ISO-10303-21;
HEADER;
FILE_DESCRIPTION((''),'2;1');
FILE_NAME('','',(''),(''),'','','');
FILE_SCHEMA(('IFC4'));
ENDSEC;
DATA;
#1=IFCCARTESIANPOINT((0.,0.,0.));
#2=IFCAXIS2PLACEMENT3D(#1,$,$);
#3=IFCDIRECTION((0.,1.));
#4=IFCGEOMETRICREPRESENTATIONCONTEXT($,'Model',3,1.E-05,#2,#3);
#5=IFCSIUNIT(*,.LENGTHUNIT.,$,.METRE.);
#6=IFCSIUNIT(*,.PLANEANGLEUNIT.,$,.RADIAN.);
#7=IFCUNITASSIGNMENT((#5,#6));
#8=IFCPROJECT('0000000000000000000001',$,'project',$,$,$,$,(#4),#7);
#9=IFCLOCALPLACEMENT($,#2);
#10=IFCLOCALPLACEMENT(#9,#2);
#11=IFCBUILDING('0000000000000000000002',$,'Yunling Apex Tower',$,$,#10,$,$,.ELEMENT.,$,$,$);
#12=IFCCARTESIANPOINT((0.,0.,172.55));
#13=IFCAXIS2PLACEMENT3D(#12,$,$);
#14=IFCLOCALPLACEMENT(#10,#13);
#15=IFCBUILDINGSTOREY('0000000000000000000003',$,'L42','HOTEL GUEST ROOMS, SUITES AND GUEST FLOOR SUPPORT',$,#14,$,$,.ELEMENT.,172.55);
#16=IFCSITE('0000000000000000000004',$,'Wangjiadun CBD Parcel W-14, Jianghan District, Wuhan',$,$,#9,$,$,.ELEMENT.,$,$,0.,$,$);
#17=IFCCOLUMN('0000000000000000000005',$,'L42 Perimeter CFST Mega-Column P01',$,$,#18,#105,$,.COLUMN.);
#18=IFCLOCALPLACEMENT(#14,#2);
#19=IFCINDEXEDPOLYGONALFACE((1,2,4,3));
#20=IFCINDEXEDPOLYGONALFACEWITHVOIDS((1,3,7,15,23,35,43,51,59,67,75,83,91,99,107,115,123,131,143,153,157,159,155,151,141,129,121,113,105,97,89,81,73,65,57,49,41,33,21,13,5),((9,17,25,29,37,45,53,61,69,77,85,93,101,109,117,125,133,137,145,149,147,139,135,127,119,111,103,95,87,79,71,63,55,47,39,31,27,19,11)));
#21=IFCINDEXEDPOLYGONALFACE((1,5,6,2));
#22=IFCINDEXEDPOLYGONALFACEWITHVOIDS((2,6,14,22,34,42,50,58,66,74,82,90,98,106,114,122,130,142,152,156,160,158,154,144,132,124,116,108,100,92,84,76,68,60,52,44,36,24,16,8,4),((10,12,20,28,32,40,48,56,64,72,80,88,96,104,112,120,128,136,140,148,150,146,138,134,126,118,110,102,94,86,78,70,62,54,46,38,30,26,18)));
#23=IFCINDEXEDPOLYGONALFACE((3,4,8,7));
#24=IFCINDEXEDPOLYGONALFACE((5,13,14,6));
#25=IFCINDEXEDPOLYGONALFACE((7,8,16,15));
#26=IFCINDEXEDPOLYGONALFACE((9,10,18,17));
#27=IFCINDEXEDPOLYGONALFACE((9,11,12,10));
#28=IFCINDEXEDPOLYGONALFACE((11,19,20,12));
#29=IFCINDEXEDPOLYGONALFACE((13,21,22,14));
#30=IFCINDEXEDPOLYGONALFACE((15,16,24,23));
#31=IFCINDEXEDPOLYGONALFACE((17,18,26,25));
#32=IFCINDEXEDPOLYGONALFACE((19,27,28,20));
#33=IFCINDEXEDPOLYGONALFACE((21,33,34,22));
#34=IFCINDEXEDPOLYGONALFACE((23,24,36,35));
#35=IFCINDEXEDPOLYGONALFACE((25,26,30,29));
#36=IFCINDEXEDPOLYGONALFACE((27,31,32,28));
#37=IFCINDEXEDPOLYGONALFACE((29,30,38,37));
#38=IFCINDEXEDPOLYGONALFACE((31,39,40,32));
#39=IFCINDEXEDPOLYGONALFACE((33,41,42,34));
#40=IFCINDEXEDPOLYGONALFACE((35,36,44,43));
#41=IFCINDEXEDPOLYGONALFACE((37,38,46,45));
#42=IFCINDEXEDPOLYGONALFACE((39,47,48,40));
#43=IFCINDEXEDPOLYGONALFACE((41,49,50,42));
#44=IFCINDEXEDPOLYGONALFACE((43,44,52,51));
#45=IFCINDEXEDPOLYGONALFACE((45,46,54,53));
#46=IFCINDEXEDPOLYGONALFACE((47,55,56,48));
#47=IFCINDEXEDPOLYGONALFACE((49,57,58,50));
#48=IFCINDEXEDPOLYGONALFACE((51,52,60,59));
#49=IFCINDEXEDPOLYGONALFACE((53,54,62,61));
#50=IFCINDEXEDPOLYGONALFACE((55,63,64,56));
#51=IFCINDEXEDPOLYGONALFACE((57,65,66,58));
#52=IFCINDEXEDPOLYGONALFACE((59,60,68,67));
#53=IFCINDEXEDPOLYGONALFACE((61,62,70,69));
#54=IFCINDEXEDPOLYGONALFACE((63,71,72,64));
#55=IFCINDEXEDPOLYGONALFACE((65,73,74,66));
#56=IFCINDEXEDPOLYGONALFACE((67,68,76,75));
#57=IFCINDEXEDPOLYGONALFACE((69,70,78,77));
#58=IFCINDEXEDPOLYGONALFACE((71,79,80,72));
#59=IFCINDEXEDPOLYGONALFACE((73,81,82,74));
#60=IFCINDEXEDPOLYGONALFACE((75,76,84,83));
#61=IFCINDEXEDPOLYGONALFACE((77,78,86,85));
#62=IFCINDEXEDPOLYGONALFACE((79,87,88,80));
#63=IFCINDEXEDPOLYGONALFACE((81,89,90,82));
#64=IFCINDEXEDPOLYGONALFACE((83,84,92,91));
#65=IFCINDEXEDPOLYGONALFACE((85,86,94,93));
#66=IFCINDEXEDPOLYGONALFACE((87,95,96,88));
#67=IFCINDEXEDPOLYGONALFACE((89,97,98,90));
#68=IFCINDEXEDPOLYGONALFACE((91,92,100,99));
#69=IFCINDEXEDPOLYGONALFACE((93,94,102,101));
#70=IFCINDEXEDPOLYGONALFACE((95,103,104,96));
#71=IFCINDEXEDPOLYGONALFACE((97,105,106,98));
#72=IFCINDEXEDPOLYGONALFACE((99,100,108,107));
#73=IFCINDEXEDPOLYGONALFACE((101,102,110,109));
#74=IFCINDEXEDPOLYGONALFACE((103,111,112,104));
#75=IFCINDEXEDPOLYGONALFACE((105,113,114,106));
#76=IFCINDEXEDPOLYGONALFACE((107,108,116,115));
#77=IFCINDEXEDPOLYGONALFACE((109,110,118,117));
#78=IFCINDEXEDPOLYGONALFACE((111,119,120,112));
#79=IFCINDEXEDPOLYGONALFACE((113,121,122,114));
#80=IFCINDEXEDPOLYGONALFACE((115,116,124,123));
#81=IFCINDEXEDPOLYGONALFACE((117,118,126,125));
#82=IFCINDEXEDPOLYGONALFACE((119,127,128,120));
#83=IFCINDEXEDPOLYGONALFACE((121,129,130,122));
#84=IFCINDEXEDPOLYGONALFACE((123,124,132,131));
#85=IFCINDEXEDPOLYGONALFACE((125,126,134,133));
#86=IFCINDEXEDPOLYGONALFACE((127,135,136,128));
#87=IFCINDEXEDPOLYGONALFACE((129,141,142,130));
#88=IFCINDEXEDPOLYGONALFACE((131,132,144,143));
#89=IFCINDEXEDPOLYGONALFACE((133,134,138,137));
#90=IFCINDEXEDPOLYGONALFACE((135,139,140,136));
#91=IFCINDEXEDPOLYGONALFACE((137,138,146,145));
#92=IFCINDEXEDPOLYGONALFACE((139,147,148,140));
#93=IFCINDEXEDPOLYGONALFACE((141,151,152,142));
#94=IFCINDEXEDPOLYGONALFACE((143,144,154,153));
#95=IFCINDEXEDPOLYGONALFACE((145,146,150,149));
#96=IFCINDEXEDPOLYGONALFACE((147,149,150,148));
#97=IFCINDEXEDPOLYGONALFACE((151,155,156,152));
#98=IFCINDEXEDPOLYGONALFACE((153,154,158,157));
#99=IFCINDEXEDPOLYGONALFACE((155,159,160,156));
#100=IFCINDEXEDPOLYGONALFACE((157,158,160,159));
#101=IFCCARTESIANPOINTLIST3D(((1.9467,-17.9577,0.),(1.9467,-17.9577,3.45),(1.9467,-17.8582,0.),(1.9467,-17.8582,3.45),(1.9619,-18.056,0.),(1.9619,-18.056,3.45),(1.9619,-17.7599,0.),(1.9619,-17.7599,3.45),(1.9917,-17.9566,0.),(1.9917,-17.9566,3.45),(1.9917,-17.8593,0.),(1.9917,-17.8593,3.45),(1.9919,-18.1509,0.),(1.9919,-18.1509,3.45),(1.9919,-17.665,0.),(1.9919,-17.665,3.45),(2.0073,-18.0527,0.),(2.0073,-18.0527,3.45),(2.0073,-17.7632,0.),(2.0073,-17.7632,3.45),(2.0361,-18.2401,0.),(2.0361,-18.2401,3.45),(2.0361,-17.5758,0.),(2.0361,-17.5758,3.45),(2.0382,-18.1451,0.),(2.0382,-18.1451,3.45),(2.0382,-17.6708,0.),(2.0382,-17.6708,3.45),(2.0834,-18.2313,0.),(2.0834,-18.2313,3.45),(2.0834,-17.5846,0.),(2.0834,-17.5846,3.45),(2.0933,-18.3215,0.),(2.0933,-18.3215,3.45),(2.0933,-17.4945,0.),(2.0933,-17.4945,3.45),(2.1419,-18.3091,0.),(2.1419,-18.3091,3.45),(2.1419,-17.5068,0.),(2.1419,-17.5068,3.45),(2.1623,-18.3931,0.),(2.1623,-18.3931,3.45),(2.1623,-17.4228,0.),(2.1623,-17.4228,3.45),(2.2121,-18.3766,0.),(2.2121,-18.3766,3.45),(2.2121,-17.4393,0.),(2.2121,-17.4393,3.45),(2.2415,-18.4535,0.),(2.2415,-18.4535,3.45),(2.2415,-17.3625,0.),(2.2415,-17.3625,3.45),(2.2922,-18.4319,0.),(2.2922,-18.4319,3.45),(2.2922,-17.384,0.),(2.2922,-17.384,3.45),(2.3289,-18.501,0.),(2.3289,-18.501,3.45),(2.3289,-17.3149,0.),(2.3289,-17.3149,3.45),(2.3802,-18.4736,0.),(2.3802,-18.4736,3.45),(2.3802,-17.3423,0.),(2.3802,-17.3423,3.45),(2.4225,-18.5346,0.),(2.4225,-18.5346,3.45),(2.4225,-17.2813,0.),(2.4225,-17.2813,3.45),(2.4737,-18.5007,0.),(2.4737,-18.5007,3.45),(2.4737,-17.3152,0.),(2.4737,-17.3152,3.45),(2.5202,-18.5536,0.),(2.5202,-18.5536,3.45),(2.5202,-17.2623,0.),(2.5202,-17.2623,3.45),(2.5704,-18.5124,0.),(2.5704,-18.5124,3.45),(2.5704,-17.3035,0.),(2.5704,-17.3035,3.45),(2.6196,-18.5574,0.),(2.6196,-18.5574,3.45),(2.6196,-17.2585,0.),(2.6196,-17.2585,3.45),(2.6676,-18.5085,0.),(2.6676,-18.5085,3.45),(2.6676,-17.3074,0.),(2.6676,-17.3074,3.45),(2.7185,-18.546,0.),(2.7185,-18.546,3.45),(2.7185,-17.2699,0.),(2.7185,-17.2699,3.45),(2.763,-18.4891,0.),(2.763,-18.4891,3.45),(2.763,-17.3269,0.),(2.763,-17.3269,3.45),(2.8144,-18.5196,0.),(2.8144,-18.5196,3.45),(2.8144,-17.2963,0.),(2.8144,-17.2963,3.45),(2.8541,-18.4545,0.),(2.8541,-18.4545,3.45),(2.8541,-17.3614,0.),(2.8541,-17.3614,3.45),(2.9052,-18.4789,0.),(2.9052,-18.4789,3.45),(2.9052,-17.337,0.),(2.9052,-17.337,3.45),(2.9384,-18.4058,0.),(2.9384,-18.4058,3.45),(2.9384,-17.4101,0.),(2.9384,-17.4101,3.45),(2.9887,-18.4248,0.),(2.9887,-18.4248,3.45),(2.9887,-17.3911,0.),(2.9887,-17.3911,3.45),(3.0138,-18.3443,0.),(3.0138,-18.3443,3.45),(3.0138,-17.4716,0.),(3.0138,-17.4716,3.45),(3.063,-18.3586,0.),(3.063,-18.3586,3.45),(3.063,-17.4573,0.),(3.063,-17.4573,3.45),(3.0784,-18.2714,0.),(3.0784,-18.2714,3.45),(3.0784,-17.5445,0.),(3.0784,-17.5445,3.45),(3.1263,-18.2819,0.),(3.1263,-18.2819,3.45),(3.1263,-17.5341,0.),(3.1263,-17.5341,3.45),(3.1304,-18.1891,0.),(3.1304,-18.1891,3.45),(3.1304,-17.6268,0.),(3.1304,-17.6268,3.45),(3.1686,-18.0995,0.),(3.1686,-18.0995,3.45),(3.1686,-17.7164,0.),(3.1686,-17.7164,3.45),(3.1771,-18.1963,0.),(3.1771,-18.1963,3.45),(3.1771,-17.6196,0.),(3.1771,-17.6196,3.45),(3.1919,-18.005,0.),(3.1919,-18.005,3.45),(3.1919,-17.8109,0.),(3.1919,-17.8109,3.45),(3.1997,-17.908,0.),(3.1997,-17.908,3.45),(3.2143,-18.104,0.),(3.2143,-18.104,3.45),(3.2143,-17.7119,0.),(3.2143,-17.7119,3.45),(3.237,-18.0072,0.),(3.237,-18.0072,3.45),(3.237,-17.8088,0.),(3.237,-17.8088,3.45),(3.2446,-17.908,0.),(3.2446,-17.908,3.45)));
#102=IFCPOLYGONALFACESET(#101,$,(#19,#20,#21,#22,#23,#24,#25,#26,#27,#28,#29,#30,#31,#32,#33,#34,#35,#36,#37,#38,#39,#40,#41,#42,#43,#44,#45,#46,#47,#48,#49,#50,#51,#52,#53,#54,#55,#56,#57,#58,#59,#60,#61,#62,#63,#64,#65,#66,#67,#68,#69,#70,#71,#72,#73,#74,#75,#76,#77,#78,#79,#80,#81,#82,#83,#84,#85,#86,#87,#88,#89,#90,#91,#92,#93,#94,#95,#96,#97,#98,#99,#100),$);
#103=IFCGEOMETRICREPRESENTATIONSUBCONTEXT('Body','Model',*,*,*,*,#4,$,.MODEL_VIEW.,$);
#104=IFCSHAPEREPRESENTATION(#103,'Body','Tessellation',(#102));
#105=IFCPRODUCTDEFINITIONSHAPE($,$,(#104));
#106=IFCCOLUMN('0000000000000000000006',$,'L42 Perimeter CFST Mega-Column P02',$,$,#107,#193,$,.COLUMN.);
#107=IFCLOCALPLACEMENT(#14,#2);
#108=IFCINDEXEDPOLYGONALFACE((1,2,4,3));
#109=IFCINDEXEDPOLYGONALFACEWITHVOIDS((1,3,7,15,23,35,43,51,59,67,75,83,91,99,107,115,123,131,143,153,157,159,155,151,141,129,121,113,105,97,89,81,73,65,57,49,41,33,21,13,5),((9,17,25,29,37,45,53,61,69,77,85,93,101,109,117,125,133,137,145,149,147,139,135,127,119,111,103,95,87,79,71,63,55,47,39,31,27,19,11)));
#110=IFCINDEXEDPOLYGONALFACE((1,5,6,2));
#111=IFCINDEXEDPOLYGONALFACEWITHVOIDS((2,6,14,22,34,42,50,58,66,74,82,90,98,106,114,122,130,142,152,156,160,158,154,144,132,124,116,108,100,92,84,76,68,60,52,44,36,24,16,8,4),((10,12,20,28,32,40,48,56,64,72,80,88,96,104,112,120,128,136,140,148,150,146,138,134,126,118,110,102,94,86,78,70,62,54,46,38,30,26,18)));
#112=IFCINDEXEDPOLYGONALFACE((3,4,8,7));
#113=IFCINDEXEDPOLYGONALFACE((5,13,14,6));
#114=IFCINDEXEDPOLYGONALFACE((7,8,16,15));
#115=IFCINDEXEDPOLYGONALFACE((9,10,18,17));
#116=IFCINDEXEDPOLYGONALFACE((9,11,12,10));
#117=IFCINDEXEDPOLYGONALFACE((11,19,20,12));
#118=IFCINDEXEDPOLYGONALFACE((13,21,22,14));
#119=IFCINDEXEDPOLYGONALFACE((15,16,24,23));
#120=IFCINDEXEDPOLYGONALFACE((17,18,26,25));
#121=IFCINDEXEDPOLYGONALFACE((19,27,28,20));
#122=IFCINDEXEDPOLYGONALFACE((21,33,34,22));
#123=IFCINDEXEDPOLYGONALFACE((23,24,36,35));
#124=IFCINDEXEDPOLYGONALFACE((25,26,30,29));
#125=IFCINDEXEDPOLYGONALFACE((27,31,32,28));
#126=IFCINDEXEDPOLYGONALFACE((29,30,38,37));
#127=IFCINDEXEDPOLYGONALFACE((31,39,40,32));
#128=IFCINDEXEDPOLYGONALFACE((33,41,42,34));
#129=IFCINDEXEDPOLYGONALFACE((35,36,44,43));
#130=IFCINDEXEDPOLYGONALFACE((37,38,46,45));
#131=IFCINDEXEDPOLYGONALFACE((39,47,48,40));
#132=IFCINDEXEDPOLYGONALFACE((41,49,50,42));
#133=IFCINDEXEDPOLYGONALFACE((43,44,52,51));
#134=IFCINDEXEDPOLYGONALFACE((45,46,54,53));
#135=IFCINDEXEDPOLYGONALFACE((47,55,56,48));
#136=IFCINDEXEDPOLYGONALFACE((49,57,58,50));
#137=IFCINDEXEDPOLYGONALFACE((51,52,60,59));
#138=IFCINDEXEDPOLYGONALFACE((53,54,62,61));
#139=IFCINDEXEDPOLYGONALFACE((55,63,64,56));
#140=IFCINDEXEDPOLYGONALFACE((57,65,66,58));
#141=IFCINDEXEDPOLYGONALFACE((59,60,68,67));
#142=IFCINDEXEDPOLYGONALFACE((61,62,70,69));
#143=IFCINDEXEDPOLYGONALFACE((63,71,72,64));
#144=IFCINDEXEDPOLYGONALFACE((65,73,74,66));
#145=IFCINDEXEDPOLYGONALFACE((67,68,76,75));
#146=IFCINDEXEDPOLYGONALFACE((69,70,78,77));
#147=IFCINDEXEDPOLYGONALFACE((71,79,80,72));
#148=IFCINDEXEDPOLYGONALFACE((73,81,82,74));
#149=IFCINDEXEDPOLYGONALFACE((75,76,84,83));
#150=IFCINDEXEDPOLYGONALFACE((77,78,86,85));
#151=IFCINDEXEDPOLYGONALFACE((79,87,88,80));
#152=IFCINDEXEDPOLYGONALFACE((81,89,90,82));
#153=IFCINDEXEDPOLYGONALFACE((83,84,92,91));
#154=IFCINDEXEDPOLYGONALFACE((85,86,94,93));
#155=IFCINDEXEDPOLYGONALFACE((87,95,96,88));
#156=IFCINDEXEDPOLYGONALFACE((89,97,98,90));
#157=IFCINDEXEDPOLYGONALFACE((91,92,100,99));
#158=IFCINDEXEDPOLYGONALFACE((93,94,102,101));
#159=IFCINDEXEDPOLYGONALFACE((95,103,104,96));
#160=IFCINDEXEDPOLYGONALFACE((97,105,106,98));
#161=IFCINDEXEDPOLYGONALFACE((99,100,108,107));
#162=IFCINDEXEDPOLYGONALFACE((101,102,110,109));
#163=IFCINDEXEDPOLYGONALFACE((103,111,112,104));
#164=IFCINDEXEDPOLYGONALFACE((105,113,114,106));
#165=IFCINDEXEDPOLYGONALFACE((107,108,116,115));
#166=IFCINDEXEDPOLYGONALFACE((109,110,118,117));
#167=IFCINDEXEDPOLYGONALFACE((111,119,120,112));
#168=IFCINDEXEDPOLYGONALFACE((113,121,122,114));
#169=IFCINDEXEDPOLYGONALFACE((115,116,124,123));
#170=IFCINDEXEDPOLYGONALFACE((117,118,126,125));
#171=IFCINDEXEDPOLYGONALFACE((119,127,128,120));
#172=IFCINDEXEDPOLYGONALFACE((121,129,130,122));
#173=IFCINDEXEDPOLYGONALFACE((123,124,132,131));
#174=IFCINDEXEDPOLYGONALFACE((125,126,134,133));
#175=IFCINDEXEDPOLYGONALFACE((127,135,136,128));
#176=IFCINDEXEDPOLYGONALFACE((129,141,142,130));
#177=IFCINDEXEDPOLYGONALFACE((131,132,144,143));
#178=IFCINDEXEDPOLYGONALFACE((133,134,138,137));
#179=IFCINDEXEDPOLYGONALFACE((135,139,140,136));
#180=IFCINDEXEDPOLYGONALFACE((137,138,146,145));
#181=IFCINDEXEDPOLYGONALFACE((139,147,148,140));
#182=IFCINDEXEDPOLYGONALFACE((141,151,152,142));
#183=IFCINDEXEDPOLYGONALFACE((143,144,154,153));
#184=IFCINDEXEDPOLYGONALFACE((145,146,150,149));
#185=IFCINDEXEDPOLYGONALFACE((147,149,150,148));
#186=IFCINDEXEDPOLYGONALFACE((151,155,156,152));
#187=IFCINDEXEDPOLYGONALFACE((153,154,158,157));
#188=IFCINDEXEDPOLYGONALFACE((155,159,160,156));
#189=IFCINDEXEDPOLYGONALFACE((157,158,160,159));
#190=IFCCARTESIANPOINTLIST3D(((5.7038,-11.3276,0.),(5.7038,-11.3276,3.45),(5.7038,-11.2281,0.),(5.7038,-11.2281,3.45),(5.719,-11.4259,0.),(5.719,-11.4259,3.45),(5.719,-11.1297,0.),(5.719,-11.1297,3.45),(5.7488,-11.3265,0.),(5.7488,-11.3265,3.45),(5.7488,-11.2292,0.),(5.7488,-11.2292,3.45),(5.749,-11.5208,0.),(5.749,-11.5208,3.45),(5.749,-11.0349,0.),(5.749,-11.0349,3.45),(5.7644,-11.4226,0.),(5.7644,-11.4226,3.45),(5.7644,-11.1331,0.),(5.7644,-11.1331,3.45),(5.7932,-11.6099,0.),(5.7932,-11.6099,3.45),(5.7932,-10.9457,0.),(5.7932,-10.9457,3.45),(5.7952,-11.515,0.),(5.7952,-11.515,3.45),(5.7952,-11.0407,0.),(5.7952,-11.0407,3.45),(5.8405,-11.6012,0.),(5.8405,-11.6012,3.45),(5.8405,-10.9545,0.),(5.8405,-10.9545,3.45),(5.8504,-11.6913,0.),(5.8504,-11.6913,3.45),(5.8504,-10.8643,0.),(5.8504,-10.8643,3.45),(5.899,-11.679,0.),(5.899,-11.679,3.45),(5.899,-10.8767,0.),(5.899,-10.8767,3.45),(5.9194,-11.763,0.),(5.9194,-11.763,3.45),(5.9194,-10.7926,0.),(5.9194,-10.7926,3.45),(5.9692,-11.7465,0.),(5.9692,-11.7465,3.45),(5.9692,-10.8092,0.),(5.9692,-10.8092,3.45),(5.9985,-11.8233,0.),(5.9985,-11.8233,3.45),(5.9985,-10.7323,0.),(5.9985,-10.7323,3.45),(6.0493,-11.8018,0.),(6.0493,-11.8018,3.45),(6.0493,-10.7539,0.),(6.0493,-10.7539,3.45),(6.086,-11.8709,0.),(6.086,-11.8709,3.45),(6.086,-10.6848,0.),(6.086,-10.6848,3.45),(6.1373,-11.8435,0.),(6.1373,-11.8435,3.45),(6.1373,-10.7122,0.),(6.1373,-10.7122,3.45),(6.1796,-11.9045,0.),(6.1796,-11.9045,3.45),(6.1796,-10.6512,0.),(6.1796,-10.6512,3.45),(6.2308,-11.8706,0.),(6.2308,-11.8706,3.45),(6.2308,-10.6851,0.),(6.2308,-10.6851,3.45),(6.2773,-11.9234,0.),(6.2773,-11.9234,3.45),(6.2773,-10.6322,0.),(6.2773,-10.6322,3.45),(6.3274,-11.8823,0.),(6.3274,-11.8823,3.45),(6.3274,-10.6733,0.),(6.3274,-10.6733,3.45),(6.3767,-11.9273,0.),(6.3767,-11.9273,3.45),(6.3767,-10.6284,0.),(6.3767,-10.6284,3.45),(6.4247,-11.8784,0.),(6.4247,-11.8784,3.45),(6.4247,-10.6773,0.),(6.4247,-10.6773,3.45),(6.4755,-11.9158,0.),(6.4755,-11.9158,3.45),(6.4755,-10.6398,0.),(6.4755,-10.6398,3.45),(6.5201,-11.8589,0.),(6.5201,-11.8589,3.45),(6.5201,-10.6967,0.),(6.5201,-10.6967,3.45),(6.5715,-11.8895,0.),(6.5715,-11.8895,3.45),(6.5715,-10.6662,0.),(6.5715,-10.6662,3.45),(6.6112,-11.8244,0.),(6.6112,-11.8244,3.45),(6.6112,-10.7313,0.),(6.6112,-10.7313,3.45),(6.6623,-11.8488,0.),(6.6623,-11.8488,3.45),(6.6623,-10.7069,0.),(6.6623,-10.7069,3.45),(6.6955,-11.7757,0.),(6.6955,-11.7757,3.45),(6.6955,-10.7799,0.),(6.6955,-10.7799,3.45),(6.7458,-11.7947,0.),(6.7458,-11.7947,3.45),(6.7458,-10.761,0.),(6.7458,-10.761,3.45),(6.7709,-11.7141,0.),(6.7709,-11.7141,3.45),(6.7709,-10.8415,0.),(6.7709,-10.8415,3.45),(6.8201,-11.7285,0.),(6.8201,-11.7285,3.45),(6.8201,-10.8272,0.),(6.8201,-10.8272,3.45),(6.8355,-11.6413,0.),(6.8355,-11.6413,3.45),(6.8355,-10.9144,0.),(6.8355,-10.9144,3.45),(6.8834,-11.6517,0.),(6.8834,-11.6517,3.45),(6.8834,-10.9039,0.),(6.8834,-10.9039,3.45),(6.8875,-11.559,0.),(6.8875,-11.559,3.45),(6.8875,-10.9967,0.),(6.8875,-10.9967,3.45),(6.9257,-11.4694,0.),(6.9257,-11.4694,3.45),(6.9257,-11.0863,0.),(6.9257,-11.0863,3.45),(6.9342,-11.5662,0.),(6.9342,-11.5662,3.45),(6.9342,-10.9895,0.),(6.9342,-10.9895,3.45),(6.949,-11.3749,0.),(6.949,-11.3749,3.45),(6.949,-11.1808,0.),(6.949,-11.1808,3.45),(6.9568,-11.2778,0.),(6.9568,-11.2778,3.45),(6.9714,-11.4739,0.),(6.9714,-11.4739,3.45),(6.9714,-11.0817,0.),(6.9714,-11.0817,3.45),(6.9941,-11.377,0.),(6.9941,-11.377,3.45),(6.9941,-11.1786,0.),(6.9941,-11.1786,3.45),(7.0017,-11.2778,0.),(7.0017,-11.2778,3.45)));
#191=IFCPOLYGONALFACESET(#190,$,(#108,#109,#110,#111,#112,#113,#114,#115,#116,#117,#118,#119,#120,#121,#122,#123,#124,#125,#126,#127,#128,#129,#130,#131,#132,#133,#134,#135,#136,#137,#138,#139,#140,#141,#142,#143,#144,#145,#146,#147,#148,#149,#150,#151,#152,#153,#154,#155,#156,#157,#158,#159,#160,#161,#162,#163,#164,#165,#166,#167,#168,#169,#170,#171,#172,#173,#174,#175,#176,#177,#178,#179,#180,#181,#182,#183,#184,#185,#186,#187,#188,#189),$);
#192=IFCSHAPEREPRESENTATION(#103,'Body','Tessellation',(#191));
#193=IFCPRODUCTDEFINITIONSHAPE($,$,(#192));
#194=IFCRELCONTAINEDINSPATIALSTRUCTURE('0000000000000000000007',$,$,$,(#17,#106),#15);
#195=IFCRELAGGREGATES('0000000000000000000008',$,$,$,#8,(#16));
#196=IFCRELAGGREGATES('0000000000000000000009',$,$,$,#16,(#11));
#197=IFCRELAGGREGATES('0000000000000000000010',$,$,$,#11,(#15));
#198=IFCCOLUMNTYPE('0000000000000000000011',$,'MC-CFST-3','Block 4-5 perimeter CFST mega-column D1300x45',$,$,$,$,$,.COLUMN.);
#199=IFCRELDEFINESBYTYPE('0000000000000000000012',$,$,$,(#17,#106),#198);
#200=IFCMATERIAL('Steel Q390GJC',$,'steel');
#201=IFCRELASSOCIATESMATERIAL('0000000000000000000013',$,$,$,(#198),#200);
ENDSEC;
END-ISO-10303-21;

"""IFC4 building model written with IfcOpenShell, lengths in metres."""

from ifc_helpers import new_model, si_unit, direction, frame, origin, origin_2d, place, context, subcontext, project, spatial, hollow_circle, extrude, source, transform, mapped, material, material_profile, profile_set, type_object, element, save


model = new_model("IFC4")

# Units and contexts
model_context = context("Model", 3, precision=1e-05, world=origin(), true_north=direction((0.0, 1.0)))
body_context = subcontext(model_context, "Body", "Model", "MODEL_VIEW")
ifc_project = project(units=[si_unit("LENGTHUNIT", "METRE"), si_unit("PLANEANGLEUNIT", "RADIAN")], contexts=[model_context])

# Site, building, storey
site_placement = place(None, origin())
site = spatial("IfcSite", under=ifc_project, at=site_placement, Name="Wangjiadun CBD Parcel W-14, Jianghan District, Wuhan", CompositionType="ELEMENT", RefElevation=0.0)
building_placement = place(site_placement, origin())
building = spatial("IfcBuilding", under=site, at=building_placement, Name="Yunling Apex Tower", CompositionType="ELEMENT")
storey_placement = place(building_placement, frame((0.0, 0.0, 172.55)))
storey = spatial("IfcBuildingStorey", under=building, at=storey_placement, Name="L42", Description="HOTEL GUEST ROOMS, SUITES AND GUEST FLOOR SUPPORT", CompositionType="ELEMENT", Elevation=172.55)

# Columns
ifc_material_1 = material(Name="Steel Q390GJC", Category="steel")
ifc_material_profile_1 = material_profile(ifc_material_1, hollow_circle(Radius=0.6499, WallThickness=0.0449, at=origin_2d()))
ifc_profile_set_1 = profile_set([ifc_material_profile_1], Name="Steel Q390GJC")
column_type = type_object("IfcColumnType", Name="MC-CFST-3", Description="Block 4-5 perimeter CFST mega-column D1300x45", PredefinedType="COLUMN", material=ifc_profile_set_1)
shared_shape_1 = source(origin(), body_context, "Body", "SweptSolid", [
    extrude(hollow_circle(Radius=0.6499, WallThickness=0.0449, at=origin_2d()), origin(), (0.0, 0.0, 1.0), 3.45),
])
for number, where, z_axis, x_axis, name in (
    (1, (2.5947, -17.908, 0.0), (0.0, 0.0, 1.0), (1.0, 0.0, 0.0), "L42 Perimeter CFST Mega-Column P01"),
    (2, (6.3518, -11.2778, 0.0), (0.0, 0.0, 1.0), (1.0, 0.0, 0.0), "L42 Perimeter CFST Mega-Column P02"),
):
    element("IfcColumn", number, at=place(storey_placement, frame(where, z_axis=z_axis, x_axis=x_axis)), inside=storey, type_object=column_type, Name=name, PredefinedType="COLUMN", context=body_context, shape_type="MappedRepresentation", body=[
        mapped(shared_shape_1, transform((0.0, 0.0, 0.0), scale=1.0)),
    ])

save(model, "model.ifc")
